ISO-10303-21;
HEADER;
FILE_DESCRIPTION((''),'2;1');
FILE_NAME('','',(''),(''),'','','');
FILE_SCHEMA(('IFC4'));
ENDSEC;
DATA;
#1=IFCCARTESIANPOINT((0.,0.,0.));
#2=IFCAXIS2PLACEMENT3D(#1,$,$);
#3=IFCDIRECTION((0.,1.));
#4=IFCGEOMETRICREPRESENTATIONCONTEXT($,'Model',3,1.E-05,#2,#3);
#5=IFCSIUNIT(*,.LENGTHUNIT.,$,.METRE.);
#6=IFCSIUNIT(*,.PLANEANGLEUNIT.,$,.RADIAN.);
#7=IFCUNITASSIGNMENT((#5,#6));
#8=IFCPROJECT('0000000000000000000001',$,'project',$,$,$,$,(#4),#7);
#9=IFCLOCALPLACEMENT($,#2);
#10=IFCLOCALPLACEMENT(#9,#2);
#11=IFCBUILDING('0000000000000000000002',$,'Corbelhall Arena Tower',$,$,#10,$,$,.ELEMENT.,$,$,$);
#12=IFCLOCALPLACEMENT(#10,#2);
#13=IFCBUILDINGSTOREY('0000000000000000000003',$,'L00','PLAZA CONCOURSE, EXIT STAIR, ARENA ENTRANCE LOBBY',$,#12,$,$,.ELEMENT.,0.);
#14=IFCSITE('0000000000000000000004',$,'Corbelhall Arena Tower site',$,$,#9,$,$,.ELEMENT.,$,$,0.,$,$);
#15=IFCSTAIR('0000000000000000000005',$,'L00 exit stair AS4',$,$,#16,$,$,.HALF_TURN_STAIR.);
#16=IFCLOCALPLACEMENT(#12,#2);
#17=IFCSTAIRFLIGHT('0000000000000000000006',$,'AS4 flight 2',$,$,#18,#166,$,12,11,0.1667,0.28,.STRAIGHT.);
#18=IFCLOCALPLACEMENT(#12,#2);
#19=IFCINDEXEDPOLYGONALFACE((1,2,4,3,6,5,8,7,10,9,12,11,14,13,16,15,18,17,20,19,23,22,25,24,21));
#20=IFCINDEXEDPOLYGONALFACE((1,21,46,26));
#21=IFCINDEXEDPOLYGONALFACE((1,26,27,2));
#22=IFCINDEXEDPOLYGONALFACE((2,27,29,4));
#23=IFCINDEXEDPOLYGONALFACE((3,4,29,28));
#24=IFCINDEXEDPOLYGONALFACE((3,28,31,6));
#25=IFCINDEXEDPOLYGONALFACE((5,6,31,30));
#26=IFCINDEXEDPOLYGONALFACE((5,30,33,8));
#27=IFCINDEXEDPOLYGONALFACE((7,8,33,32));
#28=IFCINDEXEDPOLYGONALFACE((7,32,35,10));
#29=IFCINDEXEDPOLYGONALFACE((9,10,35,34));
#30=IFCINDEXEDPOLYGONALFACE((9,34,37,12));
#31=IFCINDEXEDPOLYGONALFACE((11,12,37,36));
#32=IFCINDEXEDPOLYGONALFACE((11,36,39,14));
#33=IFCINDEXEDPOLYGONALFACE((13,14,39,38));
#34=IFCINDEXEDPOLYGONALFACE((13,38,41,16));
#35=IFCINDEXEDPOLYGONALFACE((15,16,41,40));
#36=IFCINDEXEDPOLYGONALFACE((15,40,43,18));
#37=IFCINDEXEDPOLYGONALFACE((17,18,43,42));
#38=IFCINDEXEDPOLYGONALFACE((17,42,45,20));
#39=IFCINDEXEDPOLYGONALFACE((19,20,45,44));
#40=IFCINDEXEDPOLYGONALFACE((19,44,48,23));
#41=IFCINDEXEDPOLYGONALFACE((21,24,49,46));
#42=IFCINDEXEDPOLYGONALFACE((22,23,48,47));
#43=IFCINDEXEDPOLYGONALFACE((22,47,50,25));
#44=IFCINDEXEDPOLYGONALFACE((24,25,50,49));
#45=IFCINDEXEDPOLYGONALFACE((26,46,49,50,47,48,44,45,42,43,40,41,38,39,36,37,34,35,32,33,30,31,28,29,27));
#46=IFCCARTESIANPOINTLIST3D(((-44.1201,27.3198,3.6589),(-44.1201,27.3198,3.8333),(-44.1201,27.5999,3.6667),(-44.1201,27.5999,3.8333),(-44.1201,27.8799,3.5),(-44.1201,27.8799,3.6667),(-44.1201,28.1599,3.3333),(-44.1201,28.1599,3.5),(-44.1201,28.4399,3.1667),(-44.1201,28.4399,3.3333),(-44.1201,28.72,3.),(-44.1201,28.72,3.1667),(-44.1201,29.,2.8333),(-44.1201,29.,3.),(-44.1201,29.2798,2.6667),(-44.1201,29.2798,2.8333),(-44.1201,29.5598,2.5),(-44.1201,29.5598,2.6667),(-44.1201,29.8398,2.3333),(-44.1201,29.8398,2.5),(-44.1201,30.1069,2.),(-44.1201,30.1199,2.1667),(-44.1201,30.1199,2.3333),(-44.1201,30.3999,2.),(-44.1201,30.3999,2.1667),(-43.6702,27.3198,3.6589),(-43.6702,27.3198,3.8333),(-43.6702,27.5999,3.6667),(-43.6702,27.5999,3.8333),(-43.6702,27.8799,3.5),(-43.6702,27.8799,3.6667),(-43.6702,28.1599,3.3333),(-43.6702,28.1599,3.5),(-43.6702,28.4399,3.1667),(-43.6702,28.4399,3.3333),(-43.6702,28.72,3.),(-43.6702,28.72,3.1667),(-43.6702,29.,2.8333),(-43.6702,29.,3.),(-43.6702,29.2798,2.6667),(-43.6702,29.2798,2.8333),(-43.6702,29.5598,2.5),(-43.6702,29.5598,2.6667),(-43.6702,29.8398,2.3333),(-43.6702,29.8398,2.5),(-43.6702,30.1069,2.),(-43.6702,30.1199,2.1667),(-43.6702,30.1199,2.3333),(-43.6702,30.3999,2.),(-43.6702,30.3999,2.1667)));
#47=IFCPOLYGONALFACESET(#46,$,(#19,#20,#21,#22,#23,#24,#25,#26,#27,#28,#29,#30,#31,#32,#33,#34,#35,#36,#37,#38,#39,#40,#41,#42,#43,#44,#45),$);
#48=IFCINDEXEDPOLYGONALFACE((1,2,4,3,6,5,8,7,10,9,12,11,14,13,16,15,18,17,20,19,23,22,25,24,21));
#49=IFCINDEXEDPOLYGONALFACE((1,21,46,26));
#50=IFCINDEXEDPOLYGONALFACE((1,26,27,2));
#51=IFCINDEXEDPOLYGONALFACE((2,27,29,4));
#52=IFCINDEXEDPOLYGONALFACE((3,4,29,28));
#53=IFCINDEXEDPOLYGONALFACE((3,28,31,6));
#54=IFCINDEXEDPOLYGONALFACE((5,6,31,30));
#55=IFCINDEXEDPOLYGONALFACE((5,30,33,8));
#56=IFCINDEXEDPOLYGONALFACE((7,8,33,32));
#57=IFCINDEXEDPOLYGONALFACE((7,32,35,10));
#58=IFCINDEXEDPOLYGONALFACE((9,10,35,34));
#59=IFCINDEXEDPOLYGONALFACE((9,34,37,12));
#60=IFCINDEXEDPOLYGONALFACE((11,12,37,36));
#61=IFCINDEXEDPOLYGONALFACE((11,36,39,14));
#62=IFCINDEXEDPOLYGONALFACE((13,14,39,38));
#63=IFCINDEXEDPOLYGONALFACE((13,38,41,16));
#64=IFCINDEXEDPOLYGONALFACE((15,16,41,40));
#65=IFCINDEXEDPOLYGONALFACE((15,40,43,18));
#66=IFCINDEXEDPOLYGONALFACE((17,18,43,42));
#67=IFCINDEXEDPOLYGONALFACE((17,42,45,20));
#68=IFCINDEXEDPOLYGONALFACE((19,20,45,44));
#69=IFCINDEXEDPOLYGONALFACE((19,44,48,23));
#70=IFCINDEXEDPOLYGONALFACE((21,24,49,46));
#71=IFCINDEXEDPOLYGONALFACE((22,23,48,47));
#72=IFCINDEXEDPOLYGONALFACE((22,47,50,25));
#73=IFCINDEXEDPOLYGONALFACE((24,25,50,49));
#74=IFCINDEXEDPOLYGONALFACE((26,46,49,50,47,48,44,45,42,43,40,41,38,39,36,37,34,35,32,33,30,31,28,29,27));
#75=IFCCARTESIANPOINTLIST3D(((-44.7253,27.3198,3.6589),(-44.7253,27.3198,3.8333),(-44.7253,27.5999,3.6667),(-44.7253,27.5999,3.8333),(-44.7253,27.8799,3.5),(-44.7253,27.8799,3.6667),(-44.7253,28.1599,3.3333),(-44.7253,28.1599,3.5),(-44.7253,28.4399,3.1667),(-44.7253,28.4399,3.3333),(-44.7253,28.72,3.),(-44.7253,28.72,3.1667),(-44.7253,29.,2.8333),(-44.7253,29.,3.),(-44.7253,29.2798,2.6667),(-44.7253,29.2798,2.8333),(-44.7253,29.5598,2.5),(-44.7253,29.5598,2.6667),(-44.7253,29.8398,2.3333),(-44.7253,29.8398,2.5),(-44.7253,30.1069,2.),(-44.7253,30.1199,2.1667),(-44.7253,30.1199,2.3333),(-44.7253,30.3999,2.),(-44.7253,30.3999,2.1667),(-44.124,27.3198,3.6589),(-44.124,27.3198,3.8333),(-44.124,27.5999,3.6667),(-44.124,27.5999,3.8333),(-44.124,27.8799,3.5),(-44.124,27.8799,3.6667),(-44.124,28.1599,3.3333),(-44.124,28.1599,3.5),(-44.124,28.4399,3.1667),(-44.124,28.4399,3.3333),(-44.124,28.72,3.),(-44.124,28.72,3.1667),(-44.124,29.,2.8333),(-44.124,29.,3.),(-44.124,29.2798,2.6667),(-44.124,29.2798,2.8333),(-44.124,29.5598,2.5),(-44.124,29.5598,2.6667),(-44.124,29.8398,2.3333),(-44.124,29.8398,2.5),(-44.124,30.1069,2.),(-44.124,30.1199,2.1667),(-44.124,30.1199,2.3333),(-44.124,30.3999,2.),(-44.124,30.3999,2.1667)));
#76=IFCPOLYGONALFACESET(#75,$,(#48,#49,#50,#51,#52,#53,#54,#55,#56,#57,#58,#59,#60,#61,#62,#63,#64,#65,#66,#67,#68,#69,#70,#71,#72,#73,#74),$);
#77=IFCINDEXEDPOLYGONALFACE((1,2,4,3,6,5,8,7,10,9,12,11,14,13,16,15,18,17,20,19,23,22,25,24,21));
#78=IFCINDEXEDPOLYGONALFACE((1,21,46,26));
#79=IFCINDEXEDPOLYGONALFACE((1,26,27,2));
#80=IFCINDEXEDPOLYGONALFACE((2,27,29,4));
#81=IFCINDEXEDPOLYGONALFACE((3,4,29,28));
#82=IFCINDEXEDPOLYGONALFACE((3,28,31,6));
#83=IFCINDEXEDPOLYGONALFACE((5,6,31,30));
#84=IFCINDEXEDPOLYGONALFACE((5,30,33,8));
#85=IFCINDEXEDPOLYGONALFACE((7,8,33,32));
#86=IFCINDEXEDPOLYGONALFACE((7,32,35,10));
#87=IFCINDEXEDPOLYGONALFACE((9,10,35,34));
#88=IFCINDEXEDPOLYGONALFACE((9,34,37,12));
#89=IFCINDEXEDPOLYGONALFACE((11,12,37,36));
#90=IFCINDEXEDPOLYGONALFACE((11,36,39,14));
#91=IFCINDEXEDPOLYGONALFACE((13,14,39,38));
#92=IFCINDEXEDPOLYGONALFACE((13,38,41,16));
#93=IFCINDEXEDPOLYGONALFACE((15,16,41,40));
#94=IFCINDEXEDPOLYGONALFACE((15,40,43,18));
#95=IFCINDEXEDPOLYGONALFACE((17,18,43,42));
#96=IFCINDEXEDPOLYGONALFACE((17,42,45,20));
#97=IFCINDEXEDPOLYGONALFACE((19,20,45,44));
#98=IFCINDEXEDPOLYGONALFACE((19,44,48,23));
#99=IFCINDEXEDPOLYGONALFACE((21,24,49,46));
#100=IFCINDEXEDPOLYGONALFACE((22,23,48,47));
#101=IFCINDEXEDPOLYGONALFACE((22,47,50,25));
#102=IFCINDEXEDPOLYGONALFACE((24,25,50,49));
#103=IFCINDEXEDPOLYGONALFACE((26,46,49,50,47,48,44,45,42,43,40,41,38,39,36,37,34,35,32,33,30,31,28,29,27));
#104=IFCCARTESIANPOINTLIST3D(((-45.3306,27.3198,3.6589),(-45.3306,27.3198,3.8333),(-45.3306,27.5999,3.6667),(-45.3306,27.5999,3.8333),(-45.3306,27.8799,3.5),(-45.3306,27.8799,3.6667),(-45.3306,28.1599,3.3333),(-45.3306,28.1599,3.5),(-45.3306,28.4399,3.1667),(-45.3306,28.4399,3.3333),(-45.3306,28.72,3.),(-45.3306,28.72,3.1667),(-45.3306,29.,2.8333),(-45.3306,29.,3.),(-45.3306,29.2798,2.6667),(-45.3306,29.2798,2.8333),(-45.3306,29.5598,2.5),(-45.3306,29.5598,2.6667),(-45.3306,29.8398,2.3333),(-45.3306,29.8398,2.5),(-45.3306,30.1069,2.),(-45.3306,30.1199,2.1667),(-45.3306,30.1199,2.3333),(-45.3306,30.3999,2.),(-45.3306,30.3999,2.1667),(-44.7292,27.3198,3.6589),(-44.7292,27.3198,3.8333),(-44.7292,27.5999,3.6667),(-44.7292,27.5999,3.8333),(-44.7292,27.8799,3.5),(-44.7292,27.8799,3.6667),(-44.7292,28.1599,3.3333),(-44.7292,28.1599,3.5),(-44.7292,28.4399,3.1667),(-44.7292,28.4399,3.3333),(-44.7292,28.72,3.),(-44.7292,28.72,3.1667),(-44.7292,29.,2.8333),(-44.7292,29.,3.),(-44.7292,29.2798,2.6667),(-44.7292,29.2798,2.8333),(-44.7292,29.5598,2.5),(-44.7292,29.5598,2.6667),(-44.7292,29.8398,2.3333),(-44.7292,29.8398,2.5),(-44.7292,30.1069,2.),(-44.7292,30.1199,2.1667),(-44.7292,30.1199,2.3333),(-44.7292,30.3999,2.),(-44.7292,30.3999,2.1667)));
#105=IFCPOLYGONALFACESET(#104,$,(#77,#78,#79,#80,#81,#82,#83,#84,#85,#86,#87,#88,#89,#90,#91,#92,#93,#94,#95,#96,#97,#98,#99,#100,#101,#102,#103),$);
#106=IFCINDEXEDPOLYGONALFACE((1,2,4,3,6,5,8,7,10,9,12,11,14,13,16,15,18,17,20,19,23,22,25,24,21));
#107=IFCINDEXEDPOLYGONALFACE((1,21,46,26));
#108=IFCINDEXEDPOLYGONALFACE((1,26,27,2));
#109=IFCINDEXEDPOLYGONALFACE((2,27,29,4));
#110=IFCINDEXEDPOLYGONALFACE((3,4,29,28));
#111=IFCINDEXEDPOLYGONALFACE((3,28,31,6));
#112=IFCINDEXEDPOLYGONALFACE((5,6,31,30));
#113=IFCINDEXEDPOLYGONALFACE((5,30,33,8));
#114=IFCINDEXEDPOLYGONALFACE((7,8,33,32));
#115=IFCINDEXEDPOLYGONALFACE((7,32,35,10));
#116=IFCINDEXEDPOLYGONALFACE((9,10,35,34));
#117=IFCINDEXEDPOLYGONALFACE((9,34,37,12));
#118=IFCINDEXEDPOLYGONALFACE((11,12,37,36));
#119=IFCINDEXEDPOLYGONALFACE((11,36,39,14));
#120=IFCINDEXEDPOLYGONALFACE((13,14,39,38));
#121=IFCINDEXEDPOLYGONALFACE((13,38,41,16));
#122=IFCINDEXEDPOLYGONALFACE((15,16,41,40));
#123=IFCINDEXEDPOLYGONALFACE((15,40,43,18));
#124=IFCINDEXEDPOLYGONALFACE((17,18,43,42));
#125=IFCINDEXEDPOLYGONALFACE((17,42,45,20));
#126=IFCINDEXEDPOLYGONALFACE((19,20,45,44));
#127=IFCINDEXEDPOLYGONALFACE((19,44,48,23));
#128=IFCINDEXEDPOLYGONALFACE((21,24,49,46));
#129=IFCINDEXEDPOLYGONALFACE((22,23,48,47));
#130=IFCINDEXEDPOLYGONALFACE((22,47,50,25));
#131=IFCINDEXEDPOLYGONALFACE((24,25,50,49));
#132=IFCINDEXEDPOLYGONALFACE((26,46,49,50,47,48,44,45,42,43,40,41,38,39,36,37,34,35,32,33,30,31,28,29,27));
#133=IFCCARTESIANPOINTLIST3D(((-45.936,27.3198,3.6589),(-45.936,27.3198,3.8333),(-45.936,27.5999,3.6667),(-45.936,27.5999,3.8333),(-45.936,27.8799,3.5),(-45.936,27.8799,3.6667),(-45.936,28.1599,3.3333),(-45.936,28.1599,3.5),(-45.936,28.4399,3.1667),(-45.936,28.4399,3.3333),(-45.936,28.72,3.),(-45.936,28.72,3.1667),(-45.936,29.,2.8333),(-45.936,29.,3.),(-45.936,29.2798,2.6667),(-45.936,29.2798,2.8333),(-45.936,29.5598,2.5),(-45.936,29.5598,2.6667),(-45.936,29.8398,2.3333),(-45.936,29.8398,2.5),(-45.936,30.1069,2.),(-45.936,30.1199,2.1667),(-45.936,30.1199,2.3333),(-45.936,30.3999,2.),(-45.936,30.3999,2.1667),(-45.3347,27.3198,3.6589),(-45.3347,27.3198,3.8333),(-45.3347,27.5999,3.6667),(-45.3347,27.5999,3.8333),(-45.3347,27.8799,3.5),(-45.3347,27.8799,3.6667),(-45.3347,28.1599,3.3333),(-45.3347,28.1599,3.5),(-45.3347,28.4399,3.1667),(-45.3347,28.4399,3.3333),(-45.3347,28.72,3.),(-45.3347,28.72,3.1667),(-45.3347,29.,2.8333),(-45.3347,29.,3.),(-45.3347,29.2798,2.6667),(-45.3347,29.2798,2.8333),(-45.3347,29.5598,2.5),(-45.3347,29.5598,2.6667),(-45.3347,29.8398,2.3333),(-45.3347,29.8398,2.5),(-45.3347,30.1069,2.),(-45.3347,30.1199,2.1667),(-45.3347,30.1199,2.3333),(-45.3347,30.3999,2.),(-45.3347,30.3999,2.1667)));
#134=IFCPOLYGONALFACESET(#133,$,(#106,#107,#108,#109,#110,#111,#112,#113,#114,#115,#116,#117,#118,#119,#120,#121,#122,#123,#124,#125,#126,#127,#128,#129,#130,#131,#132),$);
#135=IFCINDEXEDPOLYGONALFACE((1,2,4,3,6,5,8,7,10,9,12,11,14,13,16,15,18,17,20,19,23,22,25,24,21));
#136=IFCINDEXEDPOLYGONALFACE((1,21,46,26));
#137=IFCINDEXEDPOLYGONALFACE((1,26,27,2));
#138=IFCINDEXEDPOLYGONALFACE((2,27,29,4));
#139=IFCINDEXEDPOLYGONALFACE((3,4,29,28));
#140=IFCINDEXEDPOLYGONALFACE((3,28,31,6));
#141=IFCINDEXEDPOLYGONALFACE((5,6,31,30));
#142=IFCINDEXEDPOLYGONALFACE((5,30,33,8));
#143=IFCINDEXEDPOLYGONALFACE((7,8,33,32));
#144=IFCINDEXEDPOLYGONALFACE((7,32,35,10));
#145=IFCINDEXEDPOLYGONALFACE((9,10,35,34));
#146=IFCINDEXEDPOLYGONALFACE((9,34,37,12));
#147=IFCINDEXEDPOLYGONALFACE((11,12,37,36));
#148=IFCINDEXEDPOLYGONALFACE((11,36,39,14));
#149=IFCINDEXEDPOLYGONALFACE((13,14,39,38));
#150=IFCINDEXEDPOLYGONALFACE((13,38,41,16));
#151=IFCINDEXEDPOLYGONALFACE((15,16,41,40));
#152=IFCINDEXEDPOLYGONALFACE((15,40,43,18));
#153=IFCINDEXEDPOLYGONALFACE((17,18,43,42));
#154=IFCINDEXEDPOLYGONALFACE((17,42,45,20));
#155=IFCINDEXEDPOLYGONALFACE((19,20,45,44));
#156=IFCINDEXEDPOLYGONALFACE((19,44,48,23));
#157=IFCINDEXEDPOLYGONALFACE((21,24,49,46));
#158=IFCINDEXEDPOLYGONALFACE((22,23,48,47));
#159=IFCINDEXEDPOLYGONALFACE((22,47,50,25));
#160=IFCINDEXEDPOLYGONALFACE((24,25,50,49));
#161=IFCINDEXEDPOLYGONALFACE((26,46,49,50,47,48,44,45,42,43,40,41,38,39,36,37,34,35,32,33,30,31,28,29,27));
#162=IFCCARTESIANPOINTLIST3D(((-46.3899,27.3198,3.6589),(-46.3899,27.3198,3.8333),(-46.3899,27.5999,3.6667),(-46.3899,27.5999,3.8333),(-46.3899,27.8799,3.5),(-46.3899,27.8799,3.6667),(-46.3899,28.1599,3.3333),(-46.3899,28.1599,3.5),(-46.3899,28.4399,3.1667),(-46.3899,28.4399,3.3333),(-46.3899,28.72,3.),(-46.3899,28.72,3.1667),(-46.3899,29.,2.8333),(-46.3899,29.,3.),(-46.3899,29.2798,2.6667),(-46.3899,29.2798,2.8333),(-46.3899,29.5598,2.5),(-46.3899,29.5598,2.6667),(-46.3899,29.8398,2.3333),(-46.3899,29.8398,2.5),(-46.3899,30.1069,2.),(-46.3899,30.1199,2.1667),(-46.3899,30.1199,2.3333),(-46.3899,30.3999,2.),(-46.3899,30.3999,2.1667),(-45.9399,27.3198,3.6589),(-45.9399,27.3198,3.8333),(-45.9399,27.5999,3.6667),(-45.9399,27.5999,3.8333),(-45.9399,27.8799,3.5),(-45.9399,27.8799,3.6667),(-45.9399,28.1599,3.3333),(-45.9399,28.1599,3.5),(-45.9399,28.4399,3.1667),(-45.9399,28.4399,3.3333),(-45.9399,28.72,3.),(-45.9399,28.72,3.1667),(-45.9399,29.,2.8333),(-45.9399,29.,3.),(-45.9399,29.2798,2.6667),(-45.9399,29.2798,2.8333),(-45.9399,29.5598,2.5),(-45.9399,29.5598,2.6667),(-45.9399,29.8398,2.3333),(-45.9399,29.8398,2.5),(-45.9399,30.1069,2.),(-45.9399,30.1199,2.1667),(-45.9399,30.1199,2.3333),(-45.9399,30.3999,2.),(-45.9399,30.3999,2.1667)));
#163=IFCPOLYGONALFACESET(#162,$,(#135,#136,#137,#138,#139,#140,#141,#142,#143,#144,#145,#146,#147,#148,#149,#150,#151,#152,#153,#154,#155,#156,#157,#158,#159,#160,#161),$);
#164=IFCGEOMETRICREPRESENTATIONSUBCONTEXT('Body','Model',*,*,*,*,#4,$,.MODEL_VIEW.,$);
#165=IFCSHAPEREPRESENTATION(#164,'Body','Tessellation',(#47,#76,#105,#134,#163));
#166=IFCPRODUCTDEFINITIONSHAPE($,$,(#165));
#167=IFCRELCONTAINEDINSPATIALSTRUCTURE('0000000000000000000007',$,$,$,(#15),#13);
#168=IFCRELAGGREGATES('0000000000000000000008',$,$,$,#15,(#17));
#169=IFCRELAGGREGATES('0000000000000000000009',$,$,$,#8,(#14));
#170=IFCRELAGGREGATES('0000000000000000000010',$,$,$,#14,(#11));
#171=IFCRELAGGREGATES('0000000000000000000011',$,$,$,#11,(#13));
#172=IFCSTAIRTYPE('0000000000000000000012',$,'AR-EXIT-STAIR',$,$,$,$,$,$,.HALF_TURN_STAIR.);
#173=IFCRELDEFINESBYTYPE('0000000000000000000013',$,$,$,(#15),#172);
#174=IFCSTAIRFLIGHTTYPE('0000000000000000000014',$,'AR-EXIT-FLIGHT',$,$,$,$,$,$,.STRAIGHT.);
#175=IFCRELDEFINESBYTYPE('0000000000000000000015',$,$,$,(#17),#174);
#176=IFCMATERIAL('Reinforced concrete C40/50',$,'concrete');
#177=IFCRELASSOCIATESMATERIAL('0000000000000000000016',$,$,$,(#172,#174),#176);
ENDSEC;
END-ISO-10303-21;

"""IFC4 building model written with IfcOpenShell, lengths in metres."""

from ifc_helpers import new_model, si_unit, direction, frame, origin, place, context, subcontext, project, spatial, polyline, outline, extrude, material, type_object, element, aggregate, save


model = new_model("IFC4")

# Units and contexts
model_context = context("Model", 3, precision=1e-05, world=origin(), true_north=direction((0.0, 1.0)))
body_context = subcontext(model_context, "Body", "Model", "MODEL_VIEW")
ifc_project = project(units=[si_unit("LENGTHUNIT", "METRE"), si_unit("PLANEANGLEUNIT", "RADIAN")], contexts=[model_context])

# Site, building, storey
site_placement = place(None, origin())
site = spatial("IfcSite", under=ifc_project, at=site_placement, Name="Corbelhall Arena Tower site", CompositionType="ELEMENT", RefElevation=0.0)
building_placement = place(site_placement, origin())
building = spatial("IfcBuilding", under=site, at=building_placement, Name="Corbelhall Arena Tower", CompositionType="ELEMENT")
storey_placement = place(building_placement, origin())
storey = spatial("IfcBuildingStorey", under=building, at=storey_placement, Name="L00", Description="PLAZA CONCOURSE, EXIT STAIR, ARENA ENTRANCE LOBBY", CompositionType="ELEMENT", Elevation=0.0)

# Shared definitions
ifc_material_1 = material(Name="Reinforced concrete C40/50", Category="concrete")

# Stair, stair flight
stair_type = type_object("IfcStairType", Name="AR-EXIT-STAIR", PredefinedType="HALF_TURN_STAIR", material=ifc_material_1)
stair_flight_type = type_object("IfcStairFlightType", Name="AR-EXIT-FLIGHT", PredefinedType="STRAIGHT", material=ifc_material_1)
stair_1_placement = place(storey_placement, origin())
stair_1 = element("IfcStair", 1, at=stair_1_placement, inside=storey, type_object=stair_type, Name="L00 exit stair AS4", PredefinedType="HALF_TURN_STAIR")
stair_flight_1_placement = place(storey_placement, frame((-45.03, 30.3999, 2.0), z_axis=(0.0, 0.0, 1.0), x_axis=(0.0, -1.0, 0.0)))
stair_flight_1 = element("IfcStairFlight", 2, at=stair_flight_1_placement, type_object=stair_flight_type, Name="AS4 flight 2", NumberOfRisers=12, NumberOfTreads=11, PredefinedType="STRAIGHT", RiserHeight=0.1667, TreadLength=0.28, context=body_context, shape_type="SweptSolid", body=[
    extrude(outline(polyline([(0.0, 0.0), (0.0, 0.1667), (0.28, 0.1667), (0.28, 0.3333), (0.5601, 0.3333), (0.5601, 0.5), (0.8401, 0.5), (0.8401, 0.6667), (1.1201, 0.6667), (1.1201, 0.8333), (1.3999, 0.8333), (1.3999, 1.0), (1.6799, 1.0), (1.6799, 1.1667), (1.96, 1.1667), (1.96, 1.3333), (2.24, 1.3333), (2.24, 1.5), (2.52, 1.5), (2.52, 1.6667), (2.8, 1.6667), (2.8, 1.8333), (3.0801, 1.8333), (3.0801, 2.0), (3.0801, 1.6589), (0.293, 0.0), (0.0, 0.0)])), frame((0.0, 1.3599, 0.0), z_axis=(0.0, -1.0, 0.0), x_axis=(1.0, 0.0, 0.0)), (0.0, 0.0, 1.0), 0.45),
    extrude(outline(polyline([(0.0, 0.0), (0.0, 0.1667), (0.28, 0.1667), (0.28, 0.3333), (0.5601, 0.3333), (0.5601, 0.5), (0.8401, 0.5), (0.8401, 0.6667), (1.1201, 0.6667), (1.1201, 0.8333), (1.3999, 0.8333), (1.3999, 1.0), (1.6799, 1.0), (1.6799, 1.1667), (1.96, 1.1667), (1.96, 1.3333), (2.24, 1.3333), (2.24, 1.5), (2.52, 1.5), (2.52, 1.6667), (2.8, 1.6667), (2.8, 1.8333), (3.0801, 1.8333), (3.0801, 2.0), (3.0801, 1.6589), (0.293, 0.0), (0.0, 0.0)])), frame((0.0, 0.906, 0.0), z_axis=(0.0, -1.0, 0.0), x_axis=(1.0, 0.0, 0.0)), (0.0, 0.0, 1.0), 0.6013),
    extrude(outline(polyline([(0.0, 0.0), (0.0, 0.1667), (0.28, 0.1667), (0.28, 0.3333), (0.5601, 0.3333), (0.5601, 0.5), (0.8401, 0.5), (0.8401, 0.6667), (1.1201, 0.6667), (1.1201, 0.8333), (1.3999, 0.8333), (1.3999, 1.0), (1.6799, 1.0), (1.6799, 1.1667), (1.96, 1.1667), (1.96, 1.3333), (2.24, 1.3333), (2.24, 1.5), (2.52, 1.5), (2.52, 1.6667), (2.8, 1.6667), (2.8, 1.8333), (3.0801, 1.8333), (3.0801, 2.0), (3.0801, 1.6589), (0.293, 0.0), (0.0, 0.0)])), frame((0.0, 0.3008, 0.0), z_axis=(0.0, -1.0, 0.0), x_axis=(1.0, 0.0, 0.0)), (0.0, 0.0, 1.0), 0.6013),
    extrude(outline(polyline([(0.0, 0.0), (0.0, 0.1667), (0.28, 0.1667), (0.28, 0.3333), (0.5601, 0.3333), (0.5601, 0.5), (0.8401, 0.5), (0.8401, 0.6667), (1.1201, 0.6667), (1.1201, 0.8333), (1.3999, 0.8333), (1.3999, 1.0), (1.6799, 1.0), (1.6799, 1.1667), (1.96, 1.1667), (1.96, 1.3333), (2.24, 1.3333), (2.24, 1.5), (2.52, 1.5), (2.52, 1.6667), (2.8, 1.6667), (2.8, 1.8333), (3.0801, 1.8333), (3.0801, 2.0), (3.0801, 1.6589), (0.293, 0.0), (0.0, 0.0)])), frame((0.0, -0.3047, 0.0), z_axis=(0.0, -1.0, 0.0), x_axis=(1.0, 0.0, 0.0)), (0.0, 0.0, 1.0), 0.6013),
    extrude(outline(polyline([(0.0, 0.0), (0.0, 0.1667), (0.28, 0.1667), (0.28, 0.3333), (0.5601, 0.3333), (0.5601, 0.5), (0.8401, 0.5), (0.8401, 0.6667), (1.1201, 0.6667), (1.1201, 0.8333), (1.3999, 0.8333), (1.3999, 1.0), (1.6799, 1.0), (1.6799, 1.1667), (1.96, 1.1667), (1.96, 1.3333), (2.24, 1.3333), (2.24, 1.5), (2.52, 1.5), (2.52, 1.6667), (2.8, 1.6667), (2.8, 1.8333), (3.0801, 1.8333), (3.0801, 2.0), (3.0801, 1.6589), (0.293, 0.0), (0.0, 0.0)])), frame((0.0, -0.9099, 0.0), z_axis=(0.0, -1.0, 0.0), x_axis=(1.0, 0.0, 0.0)), (0.0, 0.0, 1.0), 0.45),
])
aggregate(stair_1, [stair_flight_1])

save(model, "model.ifc")
